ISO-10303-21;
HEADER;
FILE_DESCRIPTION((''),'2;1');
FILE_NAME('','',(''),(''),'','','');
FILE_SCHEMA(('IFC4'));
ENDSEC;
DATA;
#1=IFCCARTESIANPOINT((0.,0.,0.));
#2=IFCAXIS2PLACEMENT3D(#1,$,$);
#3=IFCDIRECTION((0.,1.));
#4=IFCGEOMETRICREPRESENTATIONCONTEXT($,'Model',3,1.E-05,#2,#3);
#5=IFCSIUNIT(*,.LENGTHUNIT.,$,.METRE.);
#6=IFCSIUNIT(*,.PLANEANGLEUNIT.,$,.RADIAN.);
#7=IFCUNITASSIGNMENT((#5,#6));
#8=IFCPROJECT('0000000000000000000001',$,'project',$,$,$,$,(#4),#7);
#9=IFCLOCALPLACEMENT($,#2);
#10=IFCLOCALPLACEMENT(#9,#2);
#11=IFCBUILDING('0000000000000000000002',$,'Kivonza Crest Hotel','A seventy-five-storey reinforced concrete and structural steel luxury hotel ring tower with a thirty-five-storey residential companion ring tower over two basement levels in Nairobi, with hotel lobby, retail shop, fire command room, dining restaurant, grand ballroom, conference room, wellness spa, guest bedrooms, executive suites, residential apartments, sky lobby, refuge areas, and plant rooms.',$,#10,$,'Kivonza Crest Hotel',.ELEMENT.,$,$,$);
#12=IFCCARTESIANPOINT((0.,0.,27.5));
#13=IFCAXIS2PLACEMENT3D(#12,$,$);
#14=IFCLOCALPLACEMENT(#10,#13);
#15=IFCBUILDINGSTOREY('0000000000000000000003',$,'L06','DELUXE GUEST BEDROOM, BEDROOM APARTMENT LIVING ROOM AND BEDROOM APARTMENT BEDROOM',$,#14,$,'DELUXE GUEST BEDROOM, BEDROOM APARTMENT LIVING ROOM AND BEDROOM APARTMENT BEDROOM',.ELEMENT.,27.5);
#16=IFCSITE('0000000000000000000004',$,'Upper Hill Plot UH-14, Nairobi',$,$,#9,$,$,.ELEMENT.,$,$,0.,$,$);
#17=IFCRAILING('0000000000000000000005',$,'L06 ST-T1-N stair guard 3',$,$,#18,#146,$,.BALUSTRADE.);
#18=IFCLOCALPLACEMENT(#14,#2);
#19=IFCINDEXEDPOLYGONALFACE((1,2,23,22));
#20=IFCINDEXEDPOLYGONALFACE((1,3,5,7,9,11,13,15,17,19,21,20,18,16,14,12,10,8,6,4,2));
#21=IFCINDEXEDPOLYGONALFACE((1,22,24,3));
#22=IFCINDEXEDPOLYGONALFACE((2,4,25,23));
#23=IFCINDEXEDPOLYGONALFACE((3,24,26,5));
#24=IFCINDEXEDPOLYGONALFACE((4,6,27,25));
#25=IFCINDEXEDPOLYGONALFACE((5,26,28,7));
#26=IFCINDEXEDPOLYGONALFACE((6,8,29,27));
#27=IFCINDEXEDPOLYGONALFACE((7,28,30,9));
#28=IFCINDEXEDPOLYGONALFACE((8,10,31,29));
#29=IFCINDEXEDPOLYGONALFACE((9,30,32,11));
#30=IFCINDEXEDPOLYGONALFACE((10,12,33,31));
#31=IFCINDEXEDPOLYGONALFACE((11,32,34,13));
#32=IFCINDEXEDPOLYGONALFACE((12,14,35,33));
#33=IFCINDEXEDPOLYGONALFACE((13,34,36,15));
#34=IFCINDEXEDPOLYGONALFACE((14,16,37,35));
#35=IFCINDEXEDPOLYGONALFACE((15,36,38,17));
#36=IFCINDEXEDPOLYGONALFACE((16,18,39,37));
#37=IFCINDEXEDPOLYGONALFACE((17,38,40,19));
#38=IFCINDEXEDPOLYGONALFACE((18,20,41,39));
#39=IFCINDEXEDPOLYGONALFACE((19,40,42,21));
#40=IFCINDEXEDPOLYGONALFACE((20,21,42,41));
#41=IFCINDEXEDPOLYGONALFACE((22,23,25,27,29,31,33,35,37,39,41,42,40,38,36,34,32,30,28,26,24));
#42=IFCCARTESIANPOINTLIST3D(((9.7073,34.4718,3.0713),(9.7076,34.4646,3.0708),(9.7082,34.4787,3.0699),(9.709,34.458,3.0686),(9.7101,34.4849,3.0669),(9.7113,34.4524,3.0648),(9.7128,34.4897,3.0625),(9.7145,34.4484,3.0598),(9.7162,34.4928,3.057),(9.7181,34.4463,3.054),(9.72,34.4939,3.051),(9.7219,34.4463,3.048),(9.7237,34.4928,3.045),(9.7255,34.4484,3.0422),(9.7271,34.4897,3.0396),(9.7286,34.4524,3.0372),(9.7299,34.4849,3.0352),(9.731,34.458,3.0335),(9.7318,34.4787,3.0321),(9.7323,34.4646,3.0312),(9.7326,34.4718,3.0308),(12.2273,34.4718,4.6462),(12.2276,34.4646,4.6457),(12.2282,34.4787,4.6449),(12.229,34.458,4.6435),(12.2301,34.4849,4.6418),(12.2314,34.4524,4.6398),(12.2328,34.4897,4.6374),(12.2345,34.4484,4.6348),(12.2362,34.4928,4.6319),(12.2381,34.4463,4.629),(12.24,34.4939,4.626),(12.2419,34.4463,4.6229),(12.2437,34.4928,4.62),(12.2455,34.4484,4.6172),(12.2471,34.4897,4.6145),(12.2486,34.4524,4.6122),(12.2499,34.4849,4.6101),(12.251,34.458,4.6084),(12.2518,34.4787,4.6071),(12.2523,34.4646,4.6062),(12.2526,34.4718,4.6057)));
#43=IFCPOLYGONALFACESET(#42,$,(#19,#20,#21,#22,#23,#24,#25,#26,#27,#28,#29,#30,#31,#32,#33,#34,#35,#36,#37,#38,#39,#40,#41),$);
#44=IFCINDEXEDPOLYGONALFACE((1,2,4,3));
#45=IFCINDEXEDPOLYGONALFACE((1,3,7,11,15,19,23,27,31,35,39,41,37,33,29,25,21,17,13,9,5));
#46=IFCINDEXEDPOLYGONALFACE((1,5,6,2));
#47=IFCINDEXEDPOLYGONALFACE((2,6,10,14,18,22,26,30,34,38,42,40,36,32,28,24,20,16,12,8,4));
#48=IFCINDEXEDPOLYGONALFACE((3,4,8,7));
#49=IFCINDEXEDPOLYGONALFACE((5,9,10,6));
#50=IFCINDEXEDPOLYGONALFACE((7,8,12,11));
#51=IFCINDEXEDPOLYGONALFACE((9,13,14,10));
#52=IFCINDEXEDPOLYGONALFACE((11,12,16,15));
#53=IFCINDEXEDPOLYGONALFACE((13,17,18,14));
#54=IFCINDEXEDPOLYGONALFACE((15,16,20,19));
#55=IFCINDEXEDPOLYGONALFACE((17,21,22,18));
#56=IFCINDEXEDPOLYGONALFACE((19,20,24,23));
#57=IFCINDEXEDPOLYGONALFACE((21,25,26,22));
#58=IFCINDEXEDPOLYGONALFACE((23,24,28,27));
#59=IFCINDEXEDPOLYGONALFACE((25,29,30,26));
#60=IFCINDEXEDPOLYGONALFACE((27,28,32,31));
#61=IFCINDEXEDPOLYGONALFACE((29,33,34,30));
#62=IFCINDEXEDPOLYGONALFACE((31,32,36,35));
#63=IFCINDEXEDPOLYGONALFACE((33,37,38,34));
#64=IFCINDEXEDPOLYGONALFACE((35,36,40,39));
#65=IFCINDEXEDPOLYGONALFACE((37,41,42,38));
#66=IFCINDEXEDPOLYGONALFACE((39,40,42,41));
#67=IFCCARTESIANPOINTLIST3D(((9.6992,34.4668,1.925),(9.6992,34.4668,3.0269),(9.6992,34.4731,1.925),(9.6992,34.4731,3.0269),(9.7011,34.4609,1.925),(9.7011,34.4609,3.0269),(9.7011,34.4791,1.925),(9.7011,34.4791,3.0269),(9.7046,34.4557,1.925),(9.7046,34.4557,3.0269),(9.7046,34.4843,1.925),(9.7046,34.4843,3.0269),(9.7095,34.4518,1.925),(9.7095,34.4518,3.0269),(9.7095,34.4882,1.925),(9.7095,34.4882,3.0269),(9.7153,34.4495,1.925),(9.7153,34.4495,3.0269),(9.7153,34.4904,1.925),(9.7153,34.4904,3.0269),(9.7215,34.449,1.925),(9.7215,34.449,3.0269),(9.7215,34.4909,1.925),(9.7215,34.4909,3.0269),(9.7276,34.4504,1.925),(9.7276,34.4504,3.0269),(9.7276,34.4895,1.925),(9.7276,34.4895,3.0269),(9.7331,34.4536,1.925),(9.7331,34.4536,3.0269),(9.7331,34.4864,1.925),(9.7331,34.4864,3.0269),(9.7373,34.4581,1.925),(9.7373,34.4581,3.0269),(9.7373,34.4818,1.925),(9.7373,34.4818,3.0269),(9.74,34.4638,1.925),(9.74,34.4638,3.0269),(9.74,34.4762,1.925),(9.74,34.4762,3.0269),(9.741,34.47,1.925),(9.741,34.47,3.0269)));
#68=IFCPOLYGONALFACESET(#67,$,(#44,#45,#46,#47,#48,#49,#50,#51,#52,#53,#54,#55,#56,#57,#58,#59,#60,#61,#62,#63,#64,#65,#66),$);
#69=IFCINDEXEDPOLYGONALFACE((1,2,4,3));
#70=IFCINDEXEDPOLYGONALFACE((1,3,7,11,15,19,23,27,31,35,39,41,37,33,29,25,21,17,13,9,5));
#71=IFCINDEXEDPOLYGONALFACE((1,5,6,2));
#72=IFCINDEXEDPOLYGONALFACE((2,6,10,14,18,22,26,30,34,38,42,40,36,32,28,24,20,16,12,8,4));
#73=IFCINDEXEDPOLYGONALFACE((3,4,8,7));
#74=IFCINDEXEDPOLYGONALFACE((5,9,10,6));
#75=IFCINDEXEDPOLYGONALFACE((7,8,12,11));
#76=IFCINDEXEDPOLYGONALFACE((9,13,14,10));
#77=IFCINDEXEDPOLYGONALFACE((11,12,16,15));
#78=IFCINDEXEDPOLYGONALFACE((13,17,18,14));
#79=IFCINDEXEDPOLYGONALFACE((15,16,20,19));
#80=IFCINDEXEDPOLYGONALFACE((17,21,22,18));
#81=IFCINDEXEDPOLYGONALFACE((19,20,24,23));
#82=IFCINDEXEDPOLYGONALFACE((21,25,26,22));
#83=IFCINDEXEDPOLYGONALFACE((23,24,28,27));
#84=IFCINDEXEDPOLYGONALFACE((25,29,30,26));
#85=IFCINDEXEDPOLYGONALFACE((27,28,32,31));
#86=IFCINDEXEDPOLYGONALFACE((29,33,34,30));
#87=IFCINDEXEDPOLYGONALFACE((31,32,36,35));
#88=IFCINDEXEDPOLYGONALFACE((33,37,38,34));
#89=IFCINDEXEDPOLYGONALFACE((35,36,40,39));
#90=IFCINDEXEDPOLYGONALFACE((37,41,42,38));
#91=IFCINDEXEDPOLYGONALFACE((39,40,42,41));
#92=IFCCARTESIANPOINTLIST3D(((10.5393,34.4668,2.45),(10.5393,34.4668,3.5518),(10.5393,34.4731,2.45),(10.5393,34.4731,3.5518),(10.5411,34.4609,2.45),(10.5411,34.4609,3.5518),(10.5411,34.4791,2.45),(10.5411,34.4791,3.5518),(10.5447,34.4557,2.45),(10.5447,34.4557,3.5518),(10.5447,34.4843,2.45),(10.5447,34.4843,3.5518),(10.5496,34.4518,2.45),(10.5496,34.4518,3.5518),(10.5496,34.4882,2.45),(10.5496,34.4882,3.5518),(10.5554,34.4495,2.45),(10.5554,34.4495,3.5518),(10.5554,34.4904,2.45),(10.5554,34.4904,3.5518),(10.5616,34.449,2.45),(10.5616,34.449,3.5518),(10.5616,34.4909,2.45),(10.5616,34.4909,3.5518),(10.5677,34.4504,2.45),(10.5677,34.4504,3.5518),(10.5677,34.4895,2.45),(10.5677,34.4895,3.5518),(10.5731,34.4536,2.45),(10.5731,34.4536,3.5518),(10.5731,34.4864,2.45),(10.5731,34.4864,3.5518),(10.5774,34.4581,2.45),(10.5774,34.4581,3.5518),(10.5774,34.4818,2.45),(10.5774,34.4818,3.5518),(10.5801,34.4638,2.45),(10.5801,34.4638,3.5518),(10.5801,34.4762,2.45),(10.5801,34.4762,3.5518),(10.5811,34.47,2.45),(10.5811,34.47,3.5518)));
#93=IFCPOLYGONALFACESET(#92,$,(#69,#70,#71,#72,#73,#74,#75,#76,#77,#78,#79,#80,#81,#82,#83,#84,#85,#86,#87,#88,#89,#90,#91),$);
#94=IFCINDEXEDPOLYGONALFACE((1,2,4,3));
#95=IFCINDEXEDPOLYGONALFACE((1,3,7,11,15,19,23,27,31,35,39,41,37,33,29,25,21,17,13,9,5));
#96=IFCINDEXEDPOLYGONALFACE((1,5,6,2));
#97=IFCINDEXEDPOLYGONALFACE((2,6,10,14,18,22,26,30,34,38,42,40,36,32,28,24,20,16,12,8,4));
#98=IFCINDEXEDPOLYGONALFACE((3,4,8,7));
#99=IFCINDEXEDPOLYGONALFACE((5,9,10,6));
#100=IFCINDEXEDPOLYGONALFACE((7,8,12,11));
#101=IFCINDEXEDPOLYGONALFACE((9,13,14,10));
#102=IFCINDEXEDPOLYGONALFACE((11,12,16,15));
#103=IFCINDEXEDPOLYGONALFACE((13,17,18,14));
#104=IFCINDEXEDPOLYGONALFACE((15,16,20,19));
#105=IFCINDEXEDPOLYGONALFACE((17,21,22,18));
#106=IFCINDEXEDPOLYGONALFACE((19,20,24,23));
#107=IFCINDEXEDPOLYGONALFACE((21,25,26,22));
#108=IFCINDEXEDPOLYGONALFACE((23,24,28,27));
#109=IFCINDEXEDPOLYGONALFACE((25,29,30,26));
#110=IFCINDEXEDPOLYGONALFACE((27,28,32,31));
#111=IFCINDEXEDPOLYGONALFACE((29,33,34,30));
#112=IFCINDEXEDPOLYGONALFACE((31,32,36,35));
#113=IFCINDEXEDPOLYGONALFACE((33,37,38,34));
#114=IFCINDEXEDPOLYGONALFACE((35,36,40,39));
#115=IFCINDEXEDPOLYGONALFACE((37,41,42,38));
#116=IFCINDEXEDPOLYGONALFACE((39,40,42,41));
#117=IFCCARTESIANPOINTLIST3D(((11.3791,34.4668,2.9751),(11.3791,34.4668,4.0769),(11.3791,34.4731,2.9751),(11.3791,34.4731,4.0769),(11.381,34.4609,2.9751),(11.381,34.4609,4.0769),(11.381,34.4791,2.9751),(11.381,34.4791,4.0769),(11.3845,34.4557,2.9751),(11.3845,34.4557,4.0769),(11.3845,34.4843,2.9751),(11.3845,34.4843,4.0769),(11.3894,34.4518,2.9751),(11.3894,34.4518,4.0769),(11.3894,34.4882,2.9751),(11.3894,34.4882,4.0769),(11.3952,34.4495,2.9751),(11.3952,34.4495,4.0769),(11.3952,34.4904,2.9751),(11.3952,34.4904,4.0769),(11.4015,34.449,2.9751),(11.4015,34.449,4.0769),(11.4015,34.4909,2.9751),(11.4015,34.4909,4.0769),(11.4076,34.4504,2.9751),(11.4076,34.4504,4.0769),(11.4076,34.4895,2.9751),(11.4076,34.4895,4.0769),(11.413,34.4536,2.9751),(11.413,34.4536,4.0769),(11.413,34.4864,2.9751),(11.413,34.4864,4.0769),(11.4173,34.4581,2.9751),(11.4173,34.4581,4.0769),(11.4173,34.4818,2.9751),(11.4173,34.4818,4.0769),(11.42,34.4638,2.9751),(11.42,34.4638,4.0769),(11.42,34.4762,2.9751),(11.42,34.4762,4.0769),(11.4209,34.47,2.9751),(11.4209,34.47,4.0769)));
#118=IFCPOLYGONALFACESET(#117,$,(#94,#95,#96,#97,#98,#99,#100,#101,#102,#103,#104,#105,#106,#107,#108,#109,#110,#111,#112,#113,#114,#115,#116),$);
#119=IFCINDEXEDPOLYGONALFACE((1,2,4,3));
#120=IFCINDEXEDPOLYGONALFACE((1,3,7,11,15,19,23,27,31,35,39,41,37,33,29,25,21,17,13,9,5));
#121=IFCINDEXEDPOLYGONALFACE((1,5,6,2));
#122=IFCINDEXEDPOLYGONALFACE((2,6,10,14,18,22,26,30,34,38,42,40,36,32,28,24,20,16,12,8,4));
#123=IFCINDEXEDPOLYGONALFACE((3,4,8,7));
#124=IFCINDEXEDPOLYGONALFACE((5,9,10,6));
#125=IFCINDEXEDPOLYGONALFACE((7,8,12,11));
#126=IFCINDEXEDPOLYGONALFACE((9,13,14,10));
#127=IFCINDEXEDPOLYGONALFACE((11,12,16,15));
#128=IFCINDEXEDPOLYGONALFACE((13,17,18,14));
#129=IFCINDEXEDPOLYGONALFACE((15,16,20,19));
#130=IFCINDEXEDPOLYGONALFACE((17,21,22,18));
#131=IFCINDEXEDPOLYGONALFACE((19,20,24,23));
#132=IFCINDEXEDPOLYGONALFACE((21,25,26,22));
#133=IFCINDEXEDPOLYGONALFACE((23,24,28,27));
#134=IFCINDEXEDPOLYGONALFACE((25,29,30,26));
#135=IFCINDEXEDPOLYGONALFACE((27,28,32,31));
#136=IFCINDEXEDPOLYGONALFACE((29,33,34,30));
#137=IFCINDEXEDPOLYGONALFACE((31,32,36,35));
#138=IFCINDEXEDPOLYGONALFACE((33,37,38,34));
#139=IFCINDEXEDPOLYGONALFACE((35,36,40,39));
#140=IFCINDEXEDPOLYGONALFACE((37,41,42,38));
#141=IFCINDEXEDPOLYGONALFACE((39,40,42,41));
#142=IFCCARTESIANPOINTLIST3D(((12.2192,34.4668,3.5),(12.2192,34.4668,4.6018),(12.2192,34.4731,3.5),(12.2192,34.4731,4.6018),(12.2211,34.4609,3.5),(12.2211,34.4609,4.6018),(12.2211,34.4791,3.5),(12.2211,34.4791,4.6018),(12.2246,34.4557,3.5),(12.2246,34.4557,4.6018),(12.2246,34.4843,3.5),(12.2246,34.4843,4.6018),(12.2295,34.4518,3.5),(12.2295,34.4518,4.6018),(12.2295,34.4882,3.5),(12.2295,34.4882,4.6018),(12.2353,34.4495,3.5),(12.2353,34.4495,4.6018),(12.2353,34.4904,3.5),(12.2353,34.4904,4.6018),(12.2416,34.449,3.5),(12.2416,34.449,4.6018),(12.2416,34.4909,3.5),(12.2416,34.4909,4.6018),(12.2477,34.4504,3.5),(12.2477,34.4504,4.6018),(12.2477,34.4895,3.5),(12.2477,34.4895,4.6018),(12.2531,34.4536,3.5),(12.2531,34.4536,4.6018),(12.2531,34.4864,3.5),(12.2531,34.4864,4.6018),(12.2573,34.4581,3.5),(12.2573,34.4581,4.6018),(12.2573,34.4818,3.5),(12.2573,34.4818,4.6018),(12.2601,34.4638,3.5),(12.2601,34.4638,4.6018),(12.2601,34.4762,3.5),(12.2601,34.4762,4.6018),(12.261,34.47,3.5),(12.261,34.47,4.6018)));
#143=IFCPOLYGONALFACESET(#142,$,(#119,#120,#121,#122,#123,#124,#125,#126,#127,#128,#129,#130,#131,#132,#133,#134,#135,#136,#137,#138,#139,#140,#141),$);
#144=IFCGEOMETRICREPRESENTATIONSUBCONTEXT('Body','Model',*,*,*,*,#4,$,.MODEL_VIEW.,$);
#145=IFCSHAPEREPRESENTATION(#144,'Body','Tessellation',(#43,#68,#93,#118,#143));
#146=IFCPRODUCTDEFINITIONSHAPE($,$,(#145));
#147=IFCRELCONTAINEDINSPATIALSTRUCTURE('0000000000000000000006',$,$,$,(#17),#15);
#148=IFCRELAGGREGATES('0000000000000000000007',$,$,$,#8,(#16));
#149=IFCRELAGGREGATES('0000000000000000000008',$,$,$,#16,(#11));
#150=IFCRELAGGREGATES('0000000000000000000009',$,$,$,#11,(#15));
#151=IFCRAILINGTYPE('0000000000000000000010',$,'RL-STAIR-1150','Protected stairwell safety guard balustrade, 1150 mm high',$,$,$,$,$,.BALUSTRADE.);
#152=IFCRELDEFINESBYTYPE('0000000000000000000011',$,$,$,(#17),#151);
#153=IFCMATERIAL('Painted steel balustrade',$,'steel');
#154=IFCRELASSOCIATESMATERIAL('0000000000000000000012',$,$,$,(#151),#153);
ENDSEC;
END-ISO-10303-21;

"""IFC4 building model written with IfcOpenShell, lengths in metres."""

from ifc_helpers import new_model, si_unit, direction, frame, origin, origin_2d, place, context, subcontext, project, spatial, circle, extrude, material, type_object, element, save


model = new_model("IFC4")

# Units and contexts
model_context = context("Model", 3, precision=1e-05, world=origin(), true_north=direction((0.0, 1.0)))
body_context = subcontext(model_context, "Body", "Model", "MODEL_VIEW")
ifc_project = project(units=[si_unit("LENGTHUNIT", "METRE"), si_unit("PLANEANGLEUNIT", "RADIAN")], contexts=[model_context])

# Site, building, storey
site_placement = place(None, origin())
site = spatial("IfcSite", under=ifc_project, at=site_placement, Name="Upper Hill Plot UH-14, Nairobi", CompositionType="ELEMENT", RefElevation=0.0)
building_placement = place(site_placement, origin())
building = spatial("IfcBuilding", under=site, at=building_placement, Name="Kivonza Crest Hotel", Description="A seventy-five-storey reinforced concrete and structural steel luxury hotel ring tower with a thirty-five-storey residential companion ring tower over two basement levels in Nairobi, with hotel lobby, retail shop, fire command room, dining restaurant, grand ballroom, conference room, wellness spa, guest bedrooms, executive suites, residential apartments, sky lobby, refuge areas, and plant rooms.", LongName="Kivonza Crest Hotel", CompositionType="ELEMENT")
storey_placement = place(building_placement, frame((0.0, 0.0, 27.5)))
storey = spatial("IfcBuildingStorey", under=building, at=storey_placement, Name="L06", Description="DELUXE GUEST BEDROOM, BEDROOM APARTMENT LIVING ROOM AND BEDROOM APARTMENT BEDROOM", LongName="DELUXE GUEST BEDROOM, BEDROOM APARTMENT LIVING ROOM AND BEDROOM APARTMENT BEDROOM", CompositionType="ELEMENT", Elevation=27.5)

# Railing
ifc_material_1 = material(Name="Painted steel balustrade", Category="steel")
railing_type_1 = type_object("IfcRailingType", Name="RL-STAIR-1150", Description="Protected stairwell safety guard balustrade, 1150 mm high", PredefinedType="BALUSTRADE", material=ifc_material_1)
railing_1_placement = place(storey_placement, frame((9.72, 34.47, 1.925)))
element("IfcRailing", 1, at=railing_1_placement, inside=storey, type_object=railing_type_1, Name="L06 ST-T1-N stair guard 3", PredefinedType="BALUSTRADE", context=body_context, shape_type="SweptSolid", body=[
    extrude(circle(Radius=0.0239, at=origin_2d()), frame((0.0, 0.0, 1.126), z_axis=(0.848008, 0.0, 0.529984), x_axis=(0.0, 1.0, 0.0)), (0.0, 0.0, 1.0), 2.9717),
    extrude(circle(Radius=0.021, at=origin_2d()), origin(), (0.0, 0.0, 1.0), 1.1018),
    extrude(circle(Radius=0.021, at=origin_2d()), frame((0.8401, 0.0, 0.5249)), (0.0, 0.0, 1.0), 1.1018),
    extrude(circle(Radius=0.021, at=origin_2d()), frame((1.6799, 0.0, 1.05)), (0.0, 0.0, 1.0), 1.1018),
    extrude(circle(Radius=0.021, at=origin_2d()), frame((2.52, 0.0, 1.575)), (0.0, 0.0, 1.0), 1.1018),
])

save(model, "model.ifc")
